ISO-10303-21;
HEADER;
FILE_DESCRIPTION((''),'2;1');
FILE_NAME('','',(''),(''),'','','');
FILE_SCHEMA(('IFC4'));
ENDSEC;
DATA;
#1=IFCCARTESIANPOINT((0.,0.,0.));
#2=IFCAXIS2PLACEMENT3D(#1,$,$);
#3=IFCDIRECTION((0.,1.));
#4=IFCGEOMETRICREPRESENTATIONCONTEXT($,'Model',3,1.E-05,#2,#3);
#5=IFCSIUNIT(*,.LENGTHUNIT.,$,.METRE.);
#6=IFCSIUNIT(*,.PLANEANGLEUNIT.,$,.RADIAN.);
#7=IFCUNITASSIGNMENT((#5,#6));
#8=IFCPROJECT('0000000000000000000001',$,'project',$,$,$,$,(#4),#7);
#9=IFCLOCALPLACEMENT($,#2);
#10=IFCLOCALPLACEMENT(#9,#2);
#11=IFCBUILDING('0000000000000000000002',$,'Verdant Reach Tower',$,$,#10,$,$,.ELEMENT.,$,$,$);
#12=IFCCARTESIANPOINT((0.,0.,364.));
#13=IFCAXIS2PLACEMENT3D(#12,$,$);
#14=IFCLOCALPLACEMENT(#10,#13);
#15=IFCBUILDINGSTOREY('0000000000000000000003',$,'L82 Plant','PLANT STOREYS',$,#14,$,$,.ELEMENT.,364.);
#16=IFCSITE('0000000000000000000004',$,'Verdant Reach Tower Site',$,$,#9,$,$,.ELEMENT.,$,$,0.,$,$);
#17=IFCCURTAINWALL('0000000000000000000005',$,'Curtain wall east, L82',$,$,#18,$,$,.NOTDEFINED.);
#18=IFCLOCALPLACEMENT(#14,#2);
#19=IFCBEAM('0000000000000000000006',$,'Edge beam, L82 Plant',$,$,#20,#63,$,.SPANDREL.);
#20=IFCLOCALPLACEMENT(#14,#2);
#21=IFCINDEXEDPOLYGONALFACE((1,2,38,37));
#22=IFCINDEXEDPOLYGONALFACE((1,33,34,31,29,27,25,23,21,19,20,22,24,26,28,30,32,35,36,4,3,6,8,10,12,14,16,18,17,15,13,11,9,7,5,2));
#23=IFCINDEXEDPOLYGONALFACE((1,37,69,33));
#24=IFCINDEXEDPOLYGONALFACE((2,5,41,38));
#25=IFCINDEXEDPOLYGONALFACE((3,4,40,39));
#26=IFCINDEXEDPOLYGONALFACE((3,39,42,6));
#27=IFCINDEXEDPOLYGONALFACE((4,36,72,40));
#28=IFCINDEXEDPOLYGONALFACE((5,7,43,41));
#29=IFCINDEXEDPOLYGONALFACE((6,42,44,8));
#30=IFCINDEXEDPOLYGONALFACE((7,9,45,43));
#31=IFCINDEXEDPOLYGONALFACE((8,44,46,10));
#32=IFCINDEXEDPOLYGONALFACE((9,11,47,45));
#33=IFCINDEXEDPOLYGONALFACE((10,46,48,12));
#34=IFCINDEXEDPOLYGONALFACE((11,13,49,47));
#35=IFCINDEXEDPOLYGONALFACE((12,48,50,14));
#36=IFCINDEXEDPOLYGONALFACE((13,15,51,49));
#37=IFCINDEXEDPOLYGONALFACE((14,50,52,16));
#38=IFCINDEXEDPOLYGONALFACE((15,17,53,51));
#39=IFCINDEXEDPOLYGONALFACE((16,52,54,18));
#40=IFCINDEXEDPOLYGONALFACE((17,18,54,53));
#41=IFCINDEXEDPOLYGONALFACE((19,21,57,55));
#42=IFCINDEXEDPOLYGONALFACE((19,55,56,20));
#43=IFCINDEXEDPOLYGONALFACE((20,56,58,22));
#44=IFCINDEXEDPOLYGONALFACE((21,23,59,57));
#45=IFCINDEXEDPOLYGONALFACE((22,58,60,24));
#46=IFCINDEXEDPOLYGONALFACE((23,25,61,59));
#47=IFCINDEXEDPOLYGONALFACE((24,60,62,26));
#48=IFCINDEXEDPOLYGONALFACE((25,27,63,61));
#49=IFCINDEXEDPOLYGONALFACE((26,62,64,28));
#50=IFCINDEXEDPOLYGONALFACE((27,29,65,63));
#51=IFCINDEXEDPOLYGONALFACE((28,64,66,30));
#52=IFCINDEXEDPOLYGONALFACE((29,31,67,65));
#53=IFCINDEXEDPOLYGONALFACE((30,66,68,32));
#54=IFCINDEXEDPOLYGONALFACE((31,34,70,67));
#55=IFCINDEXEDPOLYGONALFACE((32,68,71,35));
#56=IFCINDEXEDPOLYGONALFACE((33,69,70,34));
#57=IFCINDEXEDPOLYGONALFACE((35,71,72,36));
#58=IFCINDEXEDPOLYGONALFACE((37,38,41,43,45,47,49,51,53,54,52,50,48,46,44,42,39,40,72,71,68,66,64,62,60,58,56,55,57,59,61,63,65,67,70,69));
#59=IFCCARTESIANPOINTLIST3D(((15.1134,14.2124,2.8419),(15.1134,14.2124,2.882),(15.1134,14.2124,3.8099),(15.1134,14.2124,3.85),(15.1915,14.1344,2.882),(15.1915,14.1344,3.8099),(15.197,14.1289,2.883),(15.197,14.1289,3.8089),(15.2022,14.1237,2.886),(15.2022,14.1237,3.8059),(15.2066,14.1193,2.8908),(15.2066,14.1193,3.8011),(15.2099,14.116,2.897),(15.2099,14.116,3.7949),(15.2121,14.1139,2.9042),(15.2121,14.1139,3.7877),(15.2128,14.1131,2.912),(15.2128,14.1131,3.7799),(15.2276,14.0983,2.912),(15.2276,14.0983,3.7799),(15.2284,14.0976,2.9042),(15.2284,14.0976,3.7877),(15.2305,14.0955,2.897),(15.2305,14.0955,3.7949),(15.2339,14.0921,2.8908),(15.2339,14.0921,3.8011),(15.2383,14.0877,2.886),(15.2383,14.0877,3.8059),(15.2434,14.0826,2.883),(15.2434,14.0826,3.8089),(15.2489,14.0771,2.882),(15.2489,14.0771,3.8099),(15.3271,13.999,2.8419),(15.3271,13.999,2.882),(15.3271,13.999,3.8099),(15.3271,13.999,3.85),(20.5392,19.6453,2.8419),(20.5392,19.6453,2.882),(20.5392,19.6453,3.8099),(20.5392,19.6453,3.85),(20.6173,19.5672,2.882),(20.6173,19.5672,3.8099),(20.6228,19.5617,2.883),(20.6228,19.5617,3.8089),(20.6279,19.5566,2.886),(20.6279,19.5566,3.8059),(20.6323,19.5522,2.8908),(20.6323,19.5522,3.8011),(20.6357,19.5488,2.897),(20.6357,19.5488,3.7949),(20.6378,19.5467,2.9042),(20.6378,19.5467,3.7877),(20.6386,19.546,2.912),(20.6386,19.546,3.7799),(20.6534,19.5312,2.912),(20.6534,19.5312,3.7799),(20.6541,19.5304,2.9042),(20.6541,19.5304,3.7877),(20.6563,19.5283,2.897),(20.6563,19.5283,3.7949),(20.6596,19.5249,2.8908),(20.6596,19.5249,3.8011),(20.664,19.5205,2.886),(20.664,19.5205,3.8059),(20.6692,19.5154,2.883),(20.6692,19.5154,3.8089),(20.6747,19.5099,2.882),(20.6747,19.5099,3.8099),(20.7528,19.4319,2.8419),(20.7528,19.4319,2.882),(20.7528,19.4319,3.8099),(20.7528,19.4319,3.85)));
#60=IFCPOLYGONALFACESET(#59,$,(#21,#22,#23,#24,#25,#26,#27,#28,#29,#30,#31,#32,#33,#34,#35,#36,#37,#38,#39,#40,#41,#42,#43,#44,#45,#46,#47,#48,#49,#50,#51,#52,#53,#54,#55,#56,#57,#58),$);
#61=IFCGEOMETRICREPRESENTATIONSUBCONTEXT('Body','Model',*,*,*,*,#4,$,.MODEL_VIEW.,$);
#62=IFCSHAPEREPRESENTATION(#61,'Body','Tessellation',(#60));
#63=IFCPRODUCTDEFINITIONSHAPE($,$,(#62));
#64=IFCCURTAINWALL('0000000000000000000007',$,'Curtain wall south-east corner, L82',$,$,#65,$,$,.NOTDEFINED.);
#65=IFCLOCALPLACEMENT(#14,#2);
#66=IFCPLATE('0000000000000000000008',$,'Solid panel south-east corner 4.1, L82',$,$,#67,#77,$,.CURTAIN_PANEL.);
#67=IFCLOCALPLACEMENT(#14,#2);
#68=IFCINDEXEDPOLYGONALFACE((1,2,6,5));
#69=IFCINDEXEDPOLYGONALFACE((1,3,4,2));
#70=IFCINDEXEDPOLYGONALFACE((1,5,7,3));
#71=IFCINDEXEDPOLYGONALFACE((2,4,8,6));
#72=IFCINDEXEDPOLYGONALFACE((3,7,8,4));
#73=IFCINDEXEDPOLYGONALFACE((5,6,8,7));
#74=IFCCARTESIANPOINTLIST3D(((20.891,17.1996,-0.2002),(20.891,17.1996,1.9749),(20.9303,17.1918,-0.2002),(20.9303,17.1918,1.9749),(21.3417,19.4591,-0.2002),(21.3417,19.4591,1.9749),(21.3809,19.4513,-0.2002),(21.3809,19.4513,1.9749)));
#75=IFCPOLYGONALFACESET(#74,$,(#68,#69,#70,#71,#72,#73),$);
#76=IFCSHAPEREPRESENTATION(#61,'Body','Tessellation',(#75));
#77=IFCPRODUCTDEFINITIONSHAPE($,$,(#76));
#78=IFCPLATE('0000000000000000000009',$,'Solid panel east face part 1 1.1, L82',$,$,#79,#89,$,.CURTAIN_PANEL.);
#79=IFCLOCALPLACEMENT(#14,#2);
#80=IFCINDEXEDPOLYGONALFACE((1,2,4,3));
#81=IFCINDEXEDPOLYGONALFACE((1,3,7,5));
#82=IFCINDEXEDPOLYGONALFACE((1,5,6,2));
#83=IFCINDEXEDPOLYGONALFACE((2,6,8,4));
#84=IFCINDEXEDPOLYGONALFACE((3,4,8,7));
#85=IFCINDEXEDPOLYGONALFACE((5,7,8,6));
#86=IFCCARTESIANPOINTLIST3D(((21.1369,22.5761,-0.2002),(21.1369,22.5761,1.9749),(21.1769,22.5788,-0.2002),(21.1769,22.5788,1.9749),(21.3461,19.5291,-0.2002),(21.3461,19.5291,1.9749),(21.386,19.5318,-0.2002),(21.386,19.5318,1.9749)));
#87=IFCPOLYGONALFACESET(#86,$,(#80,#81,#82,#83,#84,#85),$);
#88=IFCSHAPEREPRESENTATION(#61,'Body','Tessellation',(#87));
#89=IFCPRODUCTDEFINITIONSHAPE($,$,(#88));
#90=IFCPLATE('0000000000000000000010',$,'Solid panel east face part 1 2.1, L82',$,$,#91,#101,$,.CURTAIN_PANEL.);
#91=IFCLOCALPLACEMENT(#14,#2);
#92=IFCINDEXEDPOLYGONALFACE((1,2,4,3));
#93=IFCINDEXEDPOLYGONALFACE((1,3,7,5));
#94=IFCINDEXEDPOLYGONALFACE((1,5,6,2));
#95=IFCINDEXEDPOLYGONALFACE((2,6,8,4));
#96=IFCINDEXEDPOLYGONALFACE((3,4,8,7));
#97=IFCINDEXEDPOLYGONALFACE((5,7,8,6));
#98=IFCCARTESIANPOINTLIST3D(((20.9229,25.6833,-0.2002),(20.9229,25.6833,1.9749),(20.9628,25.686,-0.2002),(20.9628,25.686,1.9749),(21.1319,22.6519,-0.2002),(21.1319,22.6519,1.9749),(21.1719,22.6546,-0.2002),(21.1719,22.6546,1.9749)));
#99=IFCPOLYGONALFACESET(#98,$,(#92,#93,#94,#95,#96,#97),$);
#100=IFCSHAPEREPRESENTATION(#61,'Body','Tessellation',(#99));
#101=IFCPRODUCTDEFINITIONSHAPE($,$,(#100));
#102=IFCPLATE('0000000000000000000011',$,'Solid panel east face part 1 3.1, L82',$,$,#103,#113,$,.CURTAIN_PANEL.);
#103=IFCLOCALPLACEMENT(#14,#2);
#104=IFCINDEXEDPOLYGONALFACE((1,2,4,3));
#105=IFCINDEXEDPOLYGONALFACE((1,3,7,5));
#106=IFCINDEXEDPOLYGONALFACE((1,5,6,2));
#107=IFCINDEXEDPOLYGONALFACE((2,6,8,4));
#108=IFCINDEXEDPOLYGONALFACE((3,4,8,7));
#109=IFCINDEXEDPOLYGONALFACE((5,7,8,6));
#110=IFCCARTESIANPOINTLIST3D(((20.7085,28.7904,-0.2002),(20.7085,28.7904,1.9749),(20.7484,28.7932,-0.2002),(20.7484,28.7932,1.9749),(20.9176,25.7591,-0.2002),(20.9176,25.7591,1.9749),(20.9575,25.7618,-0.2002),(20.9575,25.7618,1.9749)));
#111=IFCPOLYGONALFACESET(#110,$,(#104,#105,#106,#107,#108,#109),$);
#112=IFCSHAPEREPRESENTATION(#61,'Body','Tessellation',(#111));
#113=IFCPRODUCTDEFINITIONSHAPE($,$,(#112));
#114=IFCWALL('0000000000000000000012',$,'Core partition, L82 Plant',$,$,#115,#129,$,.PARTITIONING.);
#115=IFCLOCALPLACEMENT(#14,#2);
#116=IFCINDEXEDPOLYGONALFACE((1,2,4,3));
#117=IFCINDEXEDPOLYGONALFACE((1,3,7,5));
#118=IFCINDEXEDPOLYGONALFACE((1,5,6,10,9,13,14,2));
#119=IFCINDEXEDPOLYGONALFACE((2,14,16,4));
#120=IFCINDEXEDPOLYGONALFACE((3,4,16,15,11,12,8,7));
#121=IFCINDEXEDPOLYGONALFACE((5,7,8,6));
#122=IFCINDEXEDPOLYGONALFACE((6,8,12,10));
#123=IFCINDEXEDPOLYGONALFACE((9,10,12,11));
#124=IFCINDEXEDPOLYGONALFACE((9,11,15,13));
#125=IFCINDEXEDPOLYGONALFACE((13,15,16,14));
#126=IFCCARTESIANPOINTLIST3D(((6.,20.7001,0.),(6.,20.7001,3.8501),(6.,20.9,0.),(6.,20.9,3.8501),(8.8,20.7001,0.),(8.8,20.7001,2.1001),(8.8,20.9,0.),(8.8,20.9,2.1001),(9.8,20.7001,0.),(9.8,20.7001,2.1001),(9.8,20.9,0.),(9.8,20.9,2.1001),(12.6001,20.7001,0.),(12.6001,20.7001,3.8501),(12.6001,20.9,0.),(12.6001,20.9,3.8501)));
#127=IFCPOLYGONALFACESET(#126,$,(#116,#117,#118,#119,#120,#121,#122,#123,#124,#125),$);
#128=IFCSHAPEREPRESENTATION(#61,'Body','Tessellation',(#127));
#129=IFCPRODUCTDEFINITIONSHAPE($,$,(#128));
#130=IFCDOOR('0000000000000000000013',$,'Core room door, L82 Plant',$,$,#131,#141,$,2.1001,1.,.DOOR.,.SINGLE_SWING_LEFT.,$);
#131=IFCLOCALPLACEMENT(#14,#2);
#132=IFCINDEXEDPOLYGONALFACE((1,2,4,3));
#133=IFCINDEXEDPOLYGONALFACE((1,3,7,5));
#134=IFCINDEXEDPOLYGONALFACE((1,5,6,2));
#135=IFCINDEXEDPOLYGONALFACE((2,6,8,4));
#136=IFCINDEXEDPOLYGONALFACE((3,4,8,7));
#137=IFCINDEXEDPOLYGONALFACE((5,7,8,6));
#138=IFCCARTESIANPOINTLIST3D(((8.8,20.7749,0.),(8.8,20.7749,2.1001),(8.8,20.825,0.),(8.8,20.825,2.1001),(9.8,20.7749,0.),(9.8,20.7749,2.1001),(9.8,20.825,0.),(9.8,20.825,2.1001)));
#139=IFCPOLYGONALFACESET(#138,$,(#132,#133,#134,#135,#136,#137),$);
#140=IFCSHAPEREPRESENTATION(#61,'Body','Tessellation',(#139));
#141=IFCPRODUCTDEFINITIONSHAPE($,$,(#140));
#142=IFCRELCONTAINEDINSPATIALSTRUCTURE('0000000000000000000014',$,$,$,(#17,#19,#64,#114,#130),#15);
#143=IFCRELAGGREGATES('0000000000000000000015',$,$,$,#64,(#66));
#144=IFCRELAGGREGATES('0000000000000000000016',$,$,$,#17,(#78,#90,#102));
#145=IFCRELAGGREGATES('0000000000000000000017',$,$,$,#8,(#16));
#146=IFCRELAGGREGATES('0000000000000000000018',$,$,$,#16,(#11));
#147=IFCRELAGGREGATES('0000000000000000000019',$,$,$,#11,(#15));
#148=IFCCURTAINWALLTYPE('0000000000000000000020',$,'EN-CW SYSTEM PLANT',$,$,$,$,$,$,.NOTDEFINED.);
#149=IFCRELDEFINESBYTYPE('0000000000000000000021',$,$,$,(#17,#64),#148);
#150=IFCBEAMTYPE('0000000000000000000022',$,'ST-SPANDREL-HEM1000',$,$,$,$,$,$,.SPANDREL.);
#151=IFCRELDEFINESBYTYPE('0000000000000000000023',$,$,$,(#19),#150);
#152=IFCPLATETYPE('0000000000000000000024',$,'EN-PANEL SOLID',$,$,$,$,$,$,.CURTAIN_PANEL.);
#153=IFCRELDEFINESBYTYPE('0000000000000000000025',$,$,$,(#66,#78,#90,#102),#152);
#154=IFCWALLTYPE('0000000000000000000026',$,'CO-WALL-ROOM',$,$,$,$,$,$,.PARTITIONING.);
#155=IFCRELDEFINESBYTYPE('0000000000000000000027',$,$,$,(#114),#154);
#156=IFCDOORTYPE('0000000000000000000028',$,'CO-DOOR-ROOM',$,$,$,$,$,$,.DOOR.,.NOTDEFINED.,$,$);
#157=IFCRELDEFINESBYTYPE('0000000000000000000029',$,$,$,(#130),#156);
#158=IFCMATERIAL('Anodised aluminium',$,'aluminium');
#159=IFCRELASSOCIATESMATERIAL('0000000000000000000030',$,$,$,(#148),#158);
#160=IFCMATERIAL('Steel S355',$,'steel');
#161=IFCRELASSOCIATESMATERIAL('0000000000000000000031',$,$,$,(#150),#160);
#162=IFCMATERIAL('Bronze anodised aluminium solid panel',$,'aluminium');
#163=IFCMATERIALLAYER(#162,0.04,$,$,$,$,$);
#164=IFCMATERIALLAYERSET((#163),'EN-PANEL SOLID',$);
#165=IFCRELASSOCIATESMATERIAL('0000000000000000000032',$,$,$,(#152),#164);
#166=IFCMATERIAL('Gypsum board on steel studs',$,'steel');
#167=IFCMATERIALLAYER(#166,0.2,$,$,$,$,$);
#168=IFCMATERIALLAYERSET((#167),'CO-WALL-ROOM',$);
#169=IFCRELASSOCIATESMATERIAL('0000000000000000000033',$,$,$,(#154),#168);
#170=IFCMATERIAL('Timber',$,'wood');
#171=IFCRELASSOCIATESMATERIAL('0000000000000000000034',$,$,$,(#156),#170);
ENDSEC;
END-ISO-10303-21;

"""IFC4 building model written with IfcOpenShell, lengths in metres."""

from ifc_helpers import new_model, si_unit, direction, frame, frame_2d, origin, origin_2d, place, context, subcontext, project, spatial, rectangle, i_section, extrude, material, layer, layer_set, material_profile, profile_set, type_object, element, fill, aggregate, save


model = new_model("IFC4")

# Units and contexts
model_context = context("Model", 3, precision=1e-05, world=origin(), true_north=direction((0.0, 1.0)))
body_context = subcontext(model_context, "Body", "Model", "MODEL_VIEW")
ifc_project = project(units=[si_unit("LENGTHUNIT", "METRE"), si_unit("PLANEANGLEUNIT", "RADIAN")], contexts=[model_context])

# Site, building, storey
site_placement = place(None, origin())
site = spatial("IfcSite", under=ifc_project, at=site_placement, Name="Verdant Reach Tower Site", CompositionType="ELEMENT", RefElevation=0.0)
building_placement = place(site_placement, origin())
building = spatial("IfcBuilding", under=site, at=building_placement, Name="Verdant Reach Tower", CompositionType="ELEMENT")
storey_placement = place(building_placement, frame((0.0, 0.0, 364.0)))
storey = spatial("IfcBuildingStorey", under=building, at=storey_placement, Name="L82 Plant", Description="PLANT STOREYS", CompositionType="ELEMENT", Elevation=364.0)

# Curtain wall
ifc_material_1 = material(Name="Anodised aluminium", Category="aluminium")
curtain_wall_type = type_object("IfcCurtainWallType", Name="EN-CW SYSTEM PLANT", PredefinedType="NOTDEFINED", material=ifc_material_1)
curtain_wall_1_placement = place(storey_placement, origin())
curtain_wall_1 = element("IfcCurtainWall", 1, at=curtain_wall_1_placement, inside=storey, type_object=curtain_wall_type, Name="Curtain wall east, L82", PredefinedType="NOTDEFINED")

# Beam
ifc_material_2 = material(Name="Steel S355", Category="steel")
ifc_material_profile_1 = material_profile(ifc_material_2, i_section(OverallWidth=0.302, OverallDepth=1.0081, WebThickness=0.021, FlangeThickness=0.04, FilletRadius=0.03, at=origin_2d()), Name="HEM 1000")
ifc_profile_set_1 = profile_set([ifc_material_profile_1], Name="Steel S355")
beam_type_1 = type_object("IfcBeamType", Name="ST-SPANDREL-HEM1000", PredefinedType="SPANDREL", material=ifc_profile_set_1)
beam_1_placement = place(storey_placement, frame((20.646, 19.5386, 3.3459), z_axis=(-0.706646, -0.707568, 0.0), x_axis=(0.707568, -0.706646, 0.0)))
element("IfcBeam", 2, at=beam_1_placement, inside=storey, type_object=beam_type_1, Name="Edge beam, L82 Plant", PredefinedType="SPANDREL", context=body_context, shape_type="SweptSolid", body=[
    extrude(i_section(OverallWidth=0.302, OverallDepth=1.0081, WebThickness=0.021, FlangeThickness=0.04, FilletRadius=0.03, at=origin_2d()), origin(), (0.0, 0.0, 1.0), 7.6782),
])

# Curtain wall, plate
curtain_wall_2_placement = place(storey_placement, origin())
curtain_wall_2 = element("IfcCurtainWall", 3, at=curtain_wall_2_placement, inside=storey, type_object=curtain_wall_type, Name="Curtain wall south-east corner, L82", PredefinedType="NOTDEFINED")
ifc_material_3 = material(Name="Bronze anodised aluminium solid panel", Category="aluminium")
ifc_layer_1 = layer(ifc_material_3, 0.04)
ifc_layer_set_1 = layer_set([ifc_layer_1], Name="EN-PANEL SOLID")
plate_type = type_object("IfcPlateType", Name="EN-PANEL SOLID", PredefinedType="CURTAIN_PANEL", material=ifc_layer_set_1)
plate_1_placement = place(storey_placement, frame((21.136, 18.3254, -0.2002), z_axis=(0.0, 0.0, 1.0), x_axis=(0.195593, 0.980685, 0.0)))
plate_1 = element("IfcPlate", 4, at=plate_1_placement, type_object=plate_type, Name="Solid panel south-east corner 4.1, L82", PredefinedType="CURTAIN_PANEL", context=body_context, shape_type="SweptSolid", body=[
    extrude(rectangle(XDim=2.304, YDim=0.04, at=origin_2d()), origin(), (0.0, 0.0, 1.0), 2.175),
])

# Plates
plate_2_placement = place(storey_placement, frame((21.2615, 21.054, -0.2002), z_axis=(0.0, 0.0, 1.0), x_axis=(-0.068469, 0.997653, 0.0)))
plate_2 = element("IfcPlate", 5, at=plate_2_placement, type_object=plate_type, Name="Solid panel east face part 1 1.1, L82", PredefinedType="CURTAIN_PANEL", context=body_context, shape_type="SweptSolid", body=[
    extrude(rectangle(XDim=3.0542, YDim=0.04, at=origin_2d()), origin(), (0.0, 0.0, 1.0), 2.175),
])
plate_3_placement = place(storey_placement, frame((21.0474, 24.1689, -0.2002), z_axis=(0.0, 0.0, 1.0), x_axis=(-0.068802, 0.99763, 0.0)))
plate_3 = element("IfcPlate", 6, at=plate_3_placement, type_object=plate_type, Name="Solid panel east face part 1 2.1, L82", PredefinedType="CURTAIN_PANEL", context=body_context, shape_type="SweptSolid", body=[
    extrude(rectangle(XDim=3.0386, YDim=0.04, at=origin_2d()), origin(), (0.0, 0.0, 1.0), 2.175),
])
plate_4_placement = place(storey_placement, frame((20.833, 27.2761, -0.2002), z_axis=(0.0, 0.0, 1.0), x_axis=(-0.068802, 0.99763, 0.0)))
plate_4 = element("IfcPlate", 7, at=plate_4_placement, type_object=plate_type, Name="Solid panel east face part 1 3.1, L82", PredefinedType="CURTAIN_PANEL", context=body_context, shape_type="SweptSolid", body=[
    extrude(rectangle(XDim=3.0386, YDim=0.04, at=origin_2d()), origin(), (0.0, 0.0, 1.0), 2.175),
])

# Wall, opening, door
ifc_material_4 = material(Name="Gypsum board on steel studs", Category="steel")
ifc_layer_2 = layer(ifc_material_4, 0.2)
ifc_layer_set_2 = layer_set([ifc_layer_2], Name="CO-WALL-ROOM")
wall_type_1 = type_object("IfcWallType", Name="CO-WALL-ROOM", PredefinedType="PARTITIONING", material=ifc_layer_set_2)
wall_1_placement = place(storey_placement, frame((6.0, 20.8, 0.0), z_axis=(0.0, 0.0, 1.0), x_axis=(1.0, 0.0, 0.0)))
wall_1 = element("IfcWall", 8, at=wall_1_placement, inside=storey, type_object=wall_type_1, Name="Core partition, L82 Plant", PredefinedType="PARTITIONING", context=body_context, shape_type="SweptSolid", body=[
    extrude(rectangle(XDim=6.6001, YDim=0.2, at=frame_2d((3.3, 0.0))), origin(), (0.0, 0.0, 1.0), 3.8501),
])
opening_1_placement = place(wall_1_placement, frame((2.8, 0.0, 0.0)))
opening_1 = element("IfcOpeningElement", 9, at=opening_1_placement, cuts=wall_1, PredefinedType="OPENING", context=body_context, shape_type="SweptSolid", body=[
    extrude(rectangle(XDim=1.0, YDim=2.1001, at=frame_2d((0.5, 1.05))), frame((0.0, 0.1099, 0.0), z_axis=(0.0, -1.0, 0.0), x_axis=(1.0, 0.0, 0.0)), (0.0, 0.0, 1.0), 0.22),
])
ifc_material_5 = material(Name="Timber", Category="wood")
door_type_1 = type_object("IfcDoorType", Name="CO-DOOR-ROOM", OperationType="NOTDEFINED", PredefinedType="DOOR", material=ifc_material_5)
door_1_placement = place(opening_1_placement, origin())
door_1 = element("IfcDoor", 10, at=door_1_placement, inside=storey, type_object=door_type_1, Name="Core room door, L82 Plant", OperationType="SINGLE_SWING_LEFT", OverallHeight=2.1001, OverallWidth=1.0, PredefinedType="DOOR", context=body_context, shape_type="SweptSolid", body=[
    extrude(rectangle(XDim=1.0, YDim=2.1001, at=frame_2d((0.5, 1.05))), frame((0.0, 0.0249, 0.0), z_axis=(0.0, -1.0, 0.0), x_axis=(1.0, 0.0, 0.0)), (0.0, 0.0, 1.0), 0.05),
])
fill(opening_1, door_1)

aggregate(curtain_wall_2, [plate_1])
aggregate(curtain_wall_1, [plate_2, plate_3, plate_4])

save(model, "model.ifc")
